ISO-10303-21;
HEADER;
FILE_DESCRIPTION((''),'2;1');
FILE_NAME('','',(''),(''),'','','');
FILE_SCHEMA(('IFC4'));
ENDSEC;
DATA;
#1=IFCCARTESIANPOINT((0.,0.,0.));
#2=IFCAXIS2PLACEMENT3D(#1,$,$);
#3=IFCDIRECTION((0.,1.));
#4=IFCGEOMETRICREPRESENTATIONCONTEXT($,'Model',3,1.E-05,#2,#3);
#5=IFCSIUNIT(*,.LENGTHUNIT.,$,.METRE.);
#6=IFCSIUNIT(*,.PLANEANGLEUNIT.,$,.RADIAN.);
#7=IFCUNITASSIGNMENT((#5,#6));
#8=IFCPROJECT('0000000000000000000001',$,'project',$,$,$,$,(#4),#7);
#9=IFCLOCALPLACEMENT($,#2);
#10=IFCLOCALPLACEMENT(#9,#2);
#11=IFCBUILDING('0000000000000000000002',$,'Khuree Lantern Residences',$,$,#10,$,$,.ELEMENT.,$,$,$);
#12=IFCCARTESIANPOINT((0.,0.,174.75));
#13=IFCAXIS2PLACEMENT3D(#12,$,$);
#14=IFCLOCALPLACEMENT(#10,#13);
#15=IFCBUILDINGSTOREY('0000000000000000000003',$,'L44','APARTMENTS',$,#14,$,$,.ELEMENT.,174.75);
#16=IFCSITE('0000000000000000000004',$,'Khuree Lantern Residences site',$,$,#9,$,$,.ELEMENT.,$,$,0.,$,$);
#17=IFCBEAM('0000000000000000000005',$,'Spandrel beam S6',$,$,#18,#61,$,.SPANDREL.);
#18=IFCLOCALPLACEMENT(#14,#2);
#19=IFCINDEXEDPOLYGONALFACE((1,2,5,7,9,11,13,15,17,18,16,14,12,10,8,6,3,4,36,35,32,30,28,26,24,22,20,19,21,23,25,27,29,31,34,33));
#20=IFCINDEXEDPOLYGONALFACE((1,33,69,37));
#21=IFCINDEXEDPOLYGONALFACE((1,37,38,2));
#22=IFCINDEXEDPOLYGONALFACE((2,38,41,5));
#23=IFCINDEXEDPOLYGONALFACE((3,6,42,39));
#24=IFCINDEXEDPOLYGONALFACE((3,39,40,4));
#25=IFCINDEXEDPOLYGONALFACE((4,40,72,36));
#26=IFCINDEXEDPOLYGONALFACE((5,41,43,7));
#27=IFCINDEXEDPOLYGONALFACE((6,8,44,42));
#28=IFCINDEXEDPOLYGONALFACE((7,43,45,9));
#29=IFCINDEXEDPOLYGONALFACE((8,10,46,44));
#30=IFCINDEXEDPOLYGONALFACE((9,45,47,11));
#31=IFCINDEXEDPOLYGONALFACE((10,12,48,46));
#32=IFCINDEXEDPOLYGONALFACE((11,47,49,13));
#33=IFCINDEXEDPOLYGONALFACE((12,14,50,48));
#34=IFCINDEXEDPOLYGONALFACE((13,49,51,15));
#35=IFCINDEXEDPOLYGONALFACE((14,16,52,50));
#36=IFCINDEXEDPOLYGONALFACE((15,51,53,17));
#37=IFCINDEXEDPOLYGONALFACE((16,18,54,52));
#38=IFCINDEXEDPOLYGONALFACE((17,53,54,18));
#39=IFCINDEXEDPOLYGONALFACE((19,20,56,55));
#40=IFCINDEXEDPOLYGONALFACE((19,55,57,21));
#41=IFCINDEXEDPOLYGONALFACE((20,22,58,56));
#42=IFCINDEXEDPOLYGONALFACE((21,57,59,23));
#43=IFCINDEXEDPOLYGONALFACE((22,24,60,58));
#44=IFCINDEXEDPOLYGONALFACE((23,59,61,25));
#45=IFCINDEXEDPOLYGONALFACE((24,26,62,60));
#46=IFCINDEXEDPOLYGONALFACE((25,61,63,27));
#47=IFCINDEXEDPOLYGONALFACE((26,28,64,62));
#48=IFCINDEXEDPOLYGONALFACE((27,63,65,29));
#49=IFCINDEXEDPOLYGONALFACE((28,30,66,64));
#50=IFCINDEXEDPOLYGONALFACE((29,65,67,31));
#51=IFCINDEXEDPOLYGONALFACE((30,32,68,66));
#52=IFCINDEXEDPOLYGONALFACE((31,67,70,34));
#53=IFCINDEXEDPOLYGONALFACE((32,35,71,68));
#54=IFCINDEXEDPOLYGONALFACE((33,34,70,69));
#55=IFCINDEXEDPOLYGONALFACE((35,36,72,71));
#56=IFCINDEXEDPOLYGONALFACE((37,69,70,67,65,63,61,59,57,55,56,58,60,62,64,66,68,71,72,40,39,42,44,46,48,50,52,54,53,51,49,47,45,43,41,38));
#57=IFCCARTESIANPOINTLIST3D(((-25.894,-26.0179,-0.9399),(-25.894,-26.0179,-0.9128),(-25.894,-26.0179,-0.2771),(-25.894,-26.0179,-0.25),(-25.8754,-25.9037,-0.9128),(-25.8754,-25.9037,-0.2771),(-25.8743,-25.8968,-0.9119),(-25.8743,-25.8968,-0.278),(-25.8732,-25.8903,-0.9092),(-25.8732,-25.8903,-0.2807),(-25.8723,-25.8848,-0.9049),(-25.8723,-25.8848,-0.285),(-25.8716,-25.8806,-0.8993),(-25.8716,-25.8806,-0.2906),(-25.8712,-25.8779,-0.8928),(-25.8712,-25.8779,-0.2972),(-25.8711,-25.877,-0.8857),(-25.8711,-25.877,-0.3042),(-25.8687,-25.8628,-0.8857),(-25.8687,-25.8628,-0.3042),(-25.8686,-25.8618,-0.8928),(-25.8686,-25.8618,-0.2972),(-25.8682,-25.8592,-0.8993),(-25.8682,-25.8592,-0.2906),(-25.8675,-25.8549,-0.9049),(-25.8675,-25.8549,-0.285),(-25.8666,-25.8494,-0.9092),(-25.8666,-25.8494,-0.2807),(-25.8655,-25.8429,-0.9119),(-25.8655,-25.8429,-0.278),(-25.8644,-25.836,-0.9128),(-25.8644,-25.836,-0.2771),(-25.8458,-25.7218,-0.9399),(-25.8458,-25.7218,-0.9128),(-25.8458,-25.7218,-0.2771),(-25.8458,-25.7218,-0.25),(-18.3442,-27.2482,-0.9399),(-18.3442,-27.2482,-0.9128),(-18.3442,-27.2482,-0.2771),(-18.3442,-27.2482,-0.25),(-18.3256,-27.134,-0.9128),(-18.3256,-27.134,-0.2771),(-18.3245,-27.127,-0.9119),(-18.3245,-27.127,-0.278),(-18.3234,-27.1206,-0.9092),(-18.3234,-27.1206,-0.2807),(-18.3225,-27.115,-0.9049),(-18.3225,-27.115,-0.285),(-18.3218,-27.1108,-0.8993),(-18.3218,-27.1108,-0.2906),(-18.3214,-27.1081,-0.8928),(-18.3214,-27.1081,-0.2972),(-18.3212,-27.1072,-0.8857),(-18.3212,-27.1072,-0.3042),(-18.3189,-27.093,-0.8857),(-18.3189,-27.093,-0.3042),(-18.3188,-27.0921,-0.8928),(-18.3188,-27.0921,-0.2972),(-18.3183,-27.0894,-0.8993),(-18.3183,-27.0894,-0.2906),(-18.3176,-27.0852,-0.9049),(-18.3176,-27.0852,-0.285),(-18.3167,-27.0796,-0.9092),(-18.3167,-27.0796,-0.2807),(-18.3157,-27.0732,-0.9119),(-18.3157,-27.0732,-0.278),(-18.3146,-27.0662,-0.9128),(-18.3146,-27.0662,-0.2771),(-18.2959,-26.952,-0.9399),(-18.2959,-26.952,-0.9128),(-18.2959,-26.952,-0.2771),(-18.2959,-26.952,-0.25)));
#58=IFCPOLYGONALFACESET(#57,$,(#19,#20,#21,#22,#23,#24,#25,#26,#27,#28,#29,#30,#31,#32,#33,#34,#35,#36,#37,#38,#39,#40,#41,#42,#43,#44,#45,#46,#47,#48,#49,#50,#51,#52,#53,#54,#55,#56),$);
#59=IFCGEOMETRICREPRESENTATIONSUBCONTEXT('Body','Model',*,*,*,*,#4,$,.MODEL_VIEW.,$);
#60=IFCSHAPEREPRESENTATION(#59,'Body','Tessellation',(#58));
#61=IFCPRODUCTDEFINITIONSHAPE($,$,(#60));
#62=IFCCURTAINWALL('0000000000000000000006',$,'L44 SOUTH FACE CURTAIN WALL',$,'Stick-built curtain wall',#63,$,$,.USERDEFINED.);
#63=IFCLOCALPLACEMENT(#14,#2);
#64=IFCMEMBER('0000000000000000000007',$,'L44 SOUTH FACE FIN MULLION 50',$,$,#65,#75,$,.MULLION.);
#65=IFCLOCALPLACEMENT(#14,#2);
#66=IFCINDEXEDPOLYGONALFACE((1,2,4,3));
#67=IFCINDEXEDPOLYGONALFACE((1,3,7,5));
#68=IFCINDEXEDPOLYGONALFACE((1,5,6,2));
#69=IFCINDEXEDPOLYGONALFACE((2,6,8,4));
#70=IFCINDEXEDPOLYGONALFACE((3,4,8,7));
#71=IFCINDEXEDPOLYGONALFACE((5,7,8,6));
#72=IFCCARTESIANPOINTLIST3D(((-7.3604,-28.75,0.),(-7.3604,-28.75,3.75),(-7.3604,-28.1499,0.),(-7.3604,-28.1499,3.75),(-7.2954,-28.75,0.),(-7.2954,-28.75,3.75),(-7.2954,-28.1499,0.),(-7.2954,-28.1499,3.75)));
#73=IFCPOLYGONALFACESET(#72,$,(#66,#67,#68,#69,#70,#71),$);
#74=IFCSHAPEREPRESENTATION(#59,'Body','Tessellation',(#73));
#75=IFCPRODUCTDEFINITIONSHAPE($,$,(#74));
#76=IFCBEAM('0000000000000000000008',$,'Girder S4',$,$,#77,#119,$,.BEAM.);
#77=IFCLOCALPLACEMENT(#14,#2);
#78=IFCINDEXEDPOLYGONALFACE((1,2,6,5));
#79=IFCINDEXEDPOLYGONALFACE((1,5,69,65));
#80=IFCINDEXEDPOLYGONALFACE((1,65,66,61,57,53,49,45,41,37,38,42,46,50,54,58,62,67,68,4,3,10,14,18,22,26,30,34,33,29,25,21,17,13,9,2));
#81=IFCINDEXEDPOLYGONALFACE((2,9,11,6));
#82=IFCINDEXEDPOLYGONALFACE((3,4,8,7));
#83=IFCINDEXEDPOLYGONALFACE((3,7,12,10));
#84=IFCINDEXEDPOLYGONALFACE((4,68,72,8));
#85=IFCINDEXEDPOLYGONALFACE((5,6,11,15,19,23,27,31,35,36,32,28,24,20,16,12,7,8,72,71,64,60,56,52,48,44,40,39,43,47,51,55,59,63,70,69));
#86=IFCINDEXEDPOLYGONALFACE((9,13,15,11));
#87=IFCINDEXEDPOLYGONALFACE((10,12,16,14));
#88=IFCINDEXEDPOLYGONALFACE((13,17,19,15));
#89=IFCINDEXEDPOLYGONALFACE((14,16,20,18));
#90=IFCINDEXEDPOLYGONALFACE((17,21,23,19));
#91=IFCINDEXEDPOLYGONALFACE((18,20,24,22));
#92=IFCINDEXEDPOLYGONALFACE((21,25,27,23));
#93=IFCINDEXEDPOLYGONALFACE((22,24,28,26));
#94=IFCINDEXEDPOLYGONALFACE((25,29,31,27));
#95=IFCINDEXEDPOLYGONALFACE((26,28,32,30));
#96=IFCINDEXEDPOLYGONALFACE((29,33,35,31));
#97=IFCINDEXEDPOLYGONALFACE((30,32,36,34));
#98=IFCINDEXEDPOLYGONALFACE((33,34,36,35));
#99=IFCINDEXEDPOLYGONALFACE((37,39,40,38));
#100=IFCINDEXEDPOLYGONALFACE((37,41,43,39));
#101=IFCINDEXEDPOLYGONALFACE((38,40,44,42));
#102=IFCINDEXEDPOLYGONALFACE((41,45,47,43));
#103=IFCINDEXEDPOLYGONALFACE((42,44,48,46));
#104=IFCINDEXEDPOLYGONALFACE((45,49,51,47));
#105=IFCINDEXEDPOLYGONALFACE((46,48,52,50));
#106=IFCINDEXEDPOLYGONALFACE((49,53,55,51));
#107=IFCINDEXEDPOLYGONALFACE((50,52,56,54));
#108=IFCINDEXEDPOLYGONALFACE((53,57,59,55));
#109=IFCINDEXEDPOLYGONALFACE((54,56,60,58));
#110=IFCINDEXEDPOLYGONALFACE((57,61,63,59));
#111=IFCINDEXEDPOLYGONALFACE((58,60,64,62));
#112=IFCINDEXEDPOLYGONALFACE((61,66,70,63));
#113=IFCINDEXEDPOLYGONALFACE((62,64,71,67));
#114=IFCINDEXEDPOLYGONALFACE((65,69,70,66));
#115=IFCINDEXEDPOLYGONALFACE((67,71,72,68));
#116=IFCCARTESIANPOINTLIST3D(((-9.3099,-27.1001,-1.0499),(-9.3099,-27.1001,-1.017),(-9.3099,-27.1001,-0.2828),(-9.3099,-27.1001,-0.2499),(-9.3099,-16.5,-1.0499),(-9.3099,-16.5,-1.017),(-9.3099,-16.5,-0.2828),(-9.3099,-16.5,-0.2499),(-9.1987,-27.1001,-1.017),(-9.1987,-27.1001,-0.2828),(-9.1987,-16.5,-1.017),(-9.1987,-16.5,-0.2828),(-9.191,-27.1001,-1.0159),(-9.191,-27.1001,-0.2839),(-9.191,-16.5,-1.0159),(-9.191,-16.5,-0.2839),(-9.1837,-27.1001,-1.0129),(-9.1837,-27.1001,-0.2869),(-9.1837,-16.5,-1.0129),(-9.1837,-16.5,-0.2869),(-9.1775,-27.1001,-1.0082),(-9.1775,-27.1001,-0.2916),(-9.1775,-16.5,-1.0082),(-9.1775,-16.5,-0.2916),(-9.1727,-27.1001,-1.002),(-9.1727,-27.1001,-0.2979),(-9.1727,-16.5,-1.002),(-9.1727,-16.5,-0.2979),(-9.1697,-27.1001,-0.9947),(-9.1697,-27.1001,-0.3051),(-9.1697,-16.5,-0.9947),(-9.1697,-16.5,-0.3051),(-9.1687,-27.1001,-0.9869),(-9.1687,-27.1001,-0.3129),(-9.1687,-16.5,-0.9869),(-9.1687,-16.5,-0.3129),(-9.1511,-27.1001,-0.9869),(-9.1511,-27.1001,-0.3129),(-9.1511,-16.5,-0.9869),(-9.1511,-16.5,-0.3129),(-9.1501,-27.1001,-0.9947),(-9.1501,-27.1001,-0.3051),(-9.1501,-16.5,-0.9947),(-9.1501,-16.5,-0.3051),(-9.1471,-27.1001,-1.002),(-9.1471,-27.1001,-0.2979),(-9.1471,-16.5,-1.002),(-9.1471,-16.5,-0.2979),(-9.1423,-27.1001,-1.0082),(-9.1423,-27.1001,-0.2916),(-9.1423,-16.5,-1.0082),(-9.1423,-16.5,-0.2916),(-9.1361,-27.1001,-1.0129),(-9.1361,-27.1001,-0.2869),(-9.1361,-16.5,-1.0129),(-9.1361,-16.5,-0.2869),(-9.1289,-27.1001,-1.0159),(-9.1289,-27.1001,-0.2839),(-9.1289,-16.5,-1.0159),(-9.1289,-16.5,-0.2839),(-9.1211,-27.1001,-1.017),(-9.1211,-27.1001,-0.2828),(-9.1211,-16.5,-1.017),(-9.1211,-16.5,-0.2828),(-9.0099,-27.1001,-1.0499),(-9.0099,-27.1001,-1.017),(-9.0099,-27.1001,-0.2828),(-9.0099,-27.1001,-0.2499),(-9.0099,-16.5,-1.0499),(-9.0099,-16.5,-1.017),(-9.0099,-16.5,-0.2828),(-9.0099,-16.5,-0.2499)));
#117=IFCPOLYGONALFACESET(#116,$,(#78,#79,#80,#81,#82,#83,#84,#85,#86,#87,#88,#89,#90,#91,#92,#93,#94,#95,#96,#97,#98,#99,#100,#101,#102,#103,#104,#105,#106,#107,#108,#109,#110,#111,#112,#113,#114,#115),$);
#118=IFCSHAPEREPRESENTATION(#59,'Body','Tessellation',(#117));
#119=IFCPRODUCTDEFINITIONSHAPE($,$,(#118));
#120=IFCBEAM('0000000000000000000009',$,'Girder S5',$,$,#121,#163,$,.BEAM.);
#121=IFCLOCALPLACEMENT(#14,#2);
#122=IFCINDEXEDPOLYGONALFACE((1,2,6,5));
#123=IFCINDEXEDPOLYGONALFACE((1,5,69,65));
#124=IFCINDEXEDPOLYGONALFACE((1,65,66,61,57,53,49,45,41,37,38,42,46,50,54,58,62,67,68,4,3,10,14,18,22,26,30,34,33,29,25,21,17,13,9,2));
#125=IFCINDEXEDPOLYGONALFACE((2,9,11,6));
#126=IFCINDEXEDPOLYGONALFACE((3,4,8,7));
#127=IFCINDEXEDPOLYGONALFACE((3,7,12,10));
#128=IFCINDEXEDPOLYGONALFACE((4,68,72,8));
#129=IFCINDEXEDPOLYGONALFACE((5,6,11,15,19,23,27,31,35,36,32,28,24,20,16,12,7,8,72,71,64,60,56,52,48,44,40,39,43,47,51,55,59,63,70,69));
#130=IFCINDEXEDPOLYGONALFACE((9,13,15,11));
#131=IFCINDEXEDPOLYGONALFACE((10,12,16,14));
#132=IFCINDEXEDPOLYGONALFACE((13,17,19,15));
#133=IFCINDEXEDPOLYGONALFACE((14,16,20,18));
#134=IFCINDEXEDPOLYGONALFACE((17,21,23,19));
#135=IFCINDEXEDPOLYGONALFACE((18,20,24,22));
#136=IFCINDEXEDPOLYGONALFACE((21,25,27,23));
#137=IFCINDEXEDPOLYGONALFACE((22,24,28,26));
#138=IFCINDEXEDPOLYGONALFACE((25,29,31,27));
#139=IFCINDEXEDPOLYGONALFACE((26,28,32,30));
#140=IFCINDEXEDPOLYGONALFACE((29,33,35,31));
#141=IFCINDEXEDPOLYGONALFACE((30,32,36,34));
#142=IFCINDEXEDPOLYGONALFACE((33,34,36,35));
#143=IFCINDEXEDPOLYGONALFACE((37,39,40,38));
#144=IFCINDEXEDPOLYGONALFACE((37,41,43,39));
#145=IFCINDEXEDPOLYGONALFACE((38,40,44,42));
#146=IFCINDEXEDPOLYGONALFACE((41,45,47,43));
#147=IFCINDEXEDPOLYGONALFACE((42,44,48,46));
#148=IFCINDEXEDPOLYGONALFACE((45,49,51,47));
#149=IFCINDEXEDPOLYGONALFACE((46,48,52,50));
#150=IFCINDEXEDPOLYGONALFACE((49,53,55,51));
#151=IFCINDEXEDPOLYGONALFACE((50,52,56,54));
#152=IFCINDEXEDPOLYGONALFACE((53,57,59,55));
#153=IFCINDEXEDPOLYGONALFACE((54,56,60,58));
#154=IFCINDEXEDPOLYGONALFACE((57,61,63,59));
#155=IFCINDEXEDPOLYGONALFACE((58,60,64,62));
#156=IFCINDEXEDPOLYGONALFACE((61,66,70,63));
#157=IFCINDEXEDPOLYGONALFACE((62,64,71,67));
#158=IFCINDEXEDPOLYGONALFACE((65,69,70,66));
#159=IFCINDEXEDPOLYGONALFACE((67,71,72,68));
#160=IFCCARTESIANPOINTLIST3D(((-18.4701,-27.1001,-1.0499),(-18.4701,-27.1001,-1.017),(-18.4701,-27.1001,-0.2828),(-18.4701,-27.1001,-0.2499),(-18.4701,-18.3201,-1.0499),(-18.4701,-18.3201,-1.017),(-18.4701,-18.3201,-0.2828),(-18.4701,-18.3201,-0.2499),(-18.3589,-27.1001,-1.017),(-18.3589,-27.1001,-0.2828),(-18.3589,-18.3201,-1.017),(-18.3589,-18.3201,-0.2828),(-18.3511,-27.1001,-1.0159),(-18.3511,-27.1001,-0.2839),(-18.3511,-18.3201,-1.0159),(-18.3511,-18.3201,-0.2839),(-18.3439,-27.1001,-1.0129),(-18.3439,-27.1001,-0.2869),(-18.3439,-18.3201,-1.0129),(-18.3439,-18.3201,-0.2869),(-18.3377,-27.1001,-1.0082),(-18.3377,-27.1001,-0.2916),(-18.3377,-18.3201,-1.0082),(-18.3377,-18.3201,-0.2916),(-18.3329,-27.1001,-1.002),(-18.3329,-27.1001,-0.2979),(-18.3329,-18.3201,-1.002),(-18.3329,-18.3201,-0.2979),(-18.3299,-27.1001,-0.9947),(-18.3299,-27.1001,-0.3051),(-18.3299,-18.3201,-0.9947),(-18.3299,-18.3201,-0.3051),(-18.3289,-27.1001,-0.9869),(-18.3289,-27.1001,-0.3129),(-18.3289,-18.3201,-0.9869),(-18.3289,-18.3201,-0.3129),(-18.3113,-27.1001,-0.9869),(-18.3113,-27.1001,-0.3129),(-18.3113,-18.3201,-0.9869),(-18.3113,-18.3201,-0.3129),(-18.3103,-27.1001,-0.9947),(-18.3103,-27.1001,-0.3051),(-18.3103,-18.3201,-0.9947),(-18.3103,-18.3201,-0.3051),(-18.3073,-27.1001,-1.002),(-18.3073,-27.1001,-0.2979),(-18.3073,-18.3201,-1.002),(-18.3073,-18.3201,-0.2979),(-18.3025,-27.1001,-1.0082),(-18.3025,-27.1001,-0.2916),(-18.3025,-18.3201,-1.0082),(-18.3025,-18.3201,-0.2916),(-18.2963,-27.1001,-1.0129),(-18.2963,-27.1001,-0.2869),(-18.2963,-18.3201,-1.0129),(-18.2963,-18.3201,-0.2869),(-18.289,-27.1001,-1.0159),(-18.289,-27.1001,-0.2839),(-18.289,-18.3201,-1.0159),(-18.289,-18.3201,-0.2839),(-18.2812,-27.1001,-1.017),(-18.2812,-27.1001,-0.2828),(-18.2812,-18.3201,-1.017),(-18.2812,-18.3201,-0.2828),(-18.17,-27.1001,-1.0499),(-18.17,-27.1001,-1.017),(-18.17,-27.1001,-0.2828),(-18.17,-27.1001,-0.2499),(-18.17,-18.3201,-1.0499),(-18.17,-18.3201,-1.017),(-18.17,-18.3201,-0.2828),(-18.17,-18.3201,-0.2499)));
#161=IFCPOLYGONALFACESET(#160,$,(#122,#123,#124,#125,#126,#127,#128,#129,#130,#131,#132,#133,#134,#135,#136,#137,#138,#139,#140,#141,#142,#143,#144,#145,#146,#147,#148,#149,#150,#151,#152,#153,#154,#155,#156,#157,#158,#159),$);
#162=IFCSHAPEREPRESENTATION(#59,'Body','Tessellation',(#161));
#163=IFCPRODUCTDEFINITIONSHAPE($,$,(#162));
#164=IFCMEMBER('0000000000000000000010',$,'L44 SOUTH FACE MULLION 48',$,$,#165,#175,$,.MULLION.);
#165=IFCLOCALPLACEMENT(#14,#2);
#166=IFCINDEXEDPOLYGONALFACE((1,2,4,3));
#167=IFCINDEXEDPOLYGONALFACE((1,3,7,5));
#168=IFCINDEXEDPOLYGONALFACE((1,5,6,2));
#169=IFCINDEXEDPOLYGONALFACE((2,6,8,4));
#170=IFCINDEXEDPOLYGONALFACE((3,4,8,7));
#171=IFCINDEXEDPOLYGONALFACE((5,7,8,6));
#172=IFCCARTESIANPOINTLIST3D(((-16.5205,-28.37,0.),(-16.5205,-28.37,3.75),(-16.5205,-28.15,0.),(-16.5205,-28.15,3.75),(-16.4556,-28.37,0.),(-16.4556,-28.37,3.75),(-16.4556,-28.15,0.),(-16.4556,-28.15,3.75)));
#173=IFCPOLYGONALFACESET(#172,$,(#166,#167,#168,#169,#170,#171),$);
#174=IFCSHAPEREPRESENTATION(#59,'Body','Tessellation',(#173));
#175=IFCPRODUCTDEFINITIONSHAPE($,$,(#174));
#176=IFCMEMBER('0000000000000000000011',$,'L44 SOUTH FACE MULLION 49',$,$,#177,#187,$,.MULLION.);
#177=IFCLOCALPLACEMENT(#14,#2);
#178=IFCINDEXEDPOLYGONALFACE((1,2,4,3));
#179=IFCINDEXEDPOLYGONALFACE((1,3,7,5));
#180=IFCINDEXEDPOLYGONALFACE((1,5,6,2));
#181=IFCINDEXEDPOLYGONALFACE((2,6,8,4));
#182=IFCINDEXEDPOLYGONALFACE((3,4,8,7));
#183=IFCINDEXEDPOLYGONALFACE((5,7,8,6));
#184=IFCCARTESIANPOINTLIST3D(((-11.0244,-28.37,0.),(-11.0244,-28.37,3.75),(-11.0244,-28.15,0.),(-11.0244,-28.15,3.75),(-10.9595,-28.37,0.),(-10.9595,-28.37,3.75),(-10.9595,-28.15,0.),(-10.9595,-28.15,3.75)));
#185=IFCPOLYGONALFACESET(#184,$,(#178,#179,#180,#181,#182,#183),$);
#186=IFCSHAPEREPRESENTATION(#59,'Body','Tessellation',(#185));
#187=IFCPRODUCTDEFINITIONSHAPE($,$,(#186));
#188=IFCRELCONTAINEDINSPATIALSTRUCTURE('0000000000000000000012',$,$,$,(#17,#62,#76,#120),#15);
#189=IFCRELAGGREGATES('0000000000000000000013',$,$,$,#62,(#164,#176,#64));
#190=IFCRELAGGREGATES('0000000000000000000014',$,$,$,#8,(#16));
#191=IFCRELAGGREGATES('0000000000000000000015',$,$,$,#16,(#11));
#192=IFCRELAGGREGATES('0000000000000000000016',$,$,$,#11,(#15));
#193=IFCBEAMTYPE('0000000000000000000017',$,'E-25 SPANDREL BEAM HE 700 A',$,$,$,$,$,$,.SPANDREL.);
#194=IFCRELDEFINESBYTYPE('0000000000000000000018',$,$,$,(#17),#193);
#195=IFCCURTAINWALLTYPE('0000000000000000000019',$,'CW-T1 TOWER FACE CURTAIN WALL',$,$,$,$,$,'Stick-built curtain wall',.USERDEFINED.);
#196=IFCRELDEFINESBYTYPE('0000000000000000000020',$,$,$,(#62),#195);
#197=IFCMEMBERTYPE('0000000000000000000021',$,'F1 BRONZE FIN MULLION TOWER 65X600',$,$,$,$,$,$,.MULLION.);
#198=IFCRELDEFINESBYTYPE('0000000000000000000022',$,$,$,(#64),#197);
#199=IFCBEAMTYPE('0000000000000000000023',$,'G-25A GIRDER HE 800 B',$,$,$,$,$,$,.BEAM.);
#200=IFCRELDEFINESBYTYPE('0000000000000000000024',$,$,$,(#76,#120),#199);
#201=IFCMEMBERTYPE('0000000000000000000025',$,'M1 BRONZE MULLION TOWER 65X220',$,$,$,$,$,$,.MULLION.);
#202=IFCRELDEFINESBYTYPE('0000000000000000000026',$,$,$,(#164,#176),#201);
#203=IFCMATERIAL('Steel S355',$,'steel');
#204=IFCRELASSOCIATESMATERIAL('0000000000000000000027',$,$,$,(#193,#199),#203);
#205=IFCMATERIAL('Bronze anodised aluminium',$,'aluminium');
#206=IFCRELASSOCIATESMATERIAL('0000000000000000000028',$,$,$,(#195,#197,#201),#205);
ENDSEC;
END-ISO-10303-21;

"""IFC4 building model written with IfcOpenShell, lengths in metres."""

from ifc_helpers import new_model, si_unit, direction, frame, origin, origin_2d, place, context, subcontext, project, spatial, rectangle, i_section, extrude, material, material_profile, profile_set, type_object, element, aggregate, save


model = new_model("IFC4")

# Units and contexts
model_context = context("Model", 3, precision=1e-05, world=origin(), true_north=direction((0.0, 1.0)))
body_context = subcontext(model_context, "Body", "Model", "MODEL_VIEW")
ifc_project = project(units=[si_unit("LENGTHUNIT", "METRE"), si_unit("PLANEANGLEUNIT", "RADIAN")], contexts=[model_context])

# Site, building, storey
site_placement = place(None, origin())
site = spatial("IfcSite", under=ifc_project, at=site_placement, Name="Khuree Lantern Residences site", CompositionType="ELEMENT", RefElevation=0.0)
building_placement = place(site_placement, origin())
building = spatial("IfcBuilding", under=site, at=building_placement, Name="Khuree Lantern Residences", CompositionType="ELEMENT")
storey_placement = place(building_placement, frame((0.0, 0.0, 174.75)))
storey = spatial("IfcBuildingStorey", under=building, at=storey_placement, Name="L44", Description="APARTMENTS", CompositionType="ELEMENT", Elevation=174.75)

# Beam
ifc_material_1 = material(Name="Steel S355", Category="steel")
ifc_material_profile_1 = material_profile(ifc_material_1, i_section(OverallWidth=0.3, OverallDepth=0.6899, WebThickness=0.0144, FlangeThickness=0.0271, FilletRadius=0.0271, at=origin_2d()), Name="HE 700 A")
ifc_profile_set_1 = profile_set([ifc_material_profile_1], Name="Steel S355")
beam_type_1 = type_object("IfcBeamType", Name="E-25 SPANDREL BEAM HE 700 A", PredefinedType="SPANDREL", material=ifc_profile_set_1)
beam_1_placement = place(storey_placement, frame((-18.3201, -27.1001, -0.595), z_axis=(-0.986983, 0.160827, 0.0), x_axis=(-0.160827, -0.986983, 0.0)))
element("IfcBeam", 1, at=beam_1_placement, inside=storey, type_object=beam_type_1, Name="Spandrel beam S6", PredefinedType="SPANDREL", context=body_context, shape_type="SweptSolid", body=[
    extrude(i_section(OverallWidth=0.3, OverallDepth=0.6899, WebThickness=0.0144, FlangeThickness=0.0271, FilletRadius=0.0271, at=origin_2d()), origin(), (0.0, 0.0, 1.0), 7.6494),
])

# Curtain wall, member
ifc_material_2 = material(Name="Bronze anodised aluminium", Category="aluminium")
curtain_wall_type = type_object("IfcCurtainWallType", Name="CW-T1 TOWER FACE CURTAIN WALL", ElementType="Stick-built curtain wall", PredefinedType="USERDEFINED", material=ifc_material_2)
curtain_wall_placement = place(storey_placement, origin())
curtain_wall = element("IfcCurtainWall", 2, at=curtain_wall_placement, inside=storey, type_object=curtain_wall_type, Name="L44 SOUTH FACE CURTAIN WALL", ObjectType="Stick-built curtain wall", PredefinedType="USERDEFINED")
ifc_material_profile_2 = material_profile(ifc_material_2, rectangle(XDim=0.0649, YDim=0.6001, at=origin_2d()), Name="F1 65X600")
ifc_profile_set_2 = profile_set([ifc_material_profile_2], Name="Bronze anodised aluminium")
member_type_1 = type_object("IfcMemberType", Name="F1 BRONZE FIN MULLION TOWER 65X600", PredefinedType="MULLION", material=ifc_profile_set_2)
member_1_placement = place(storey_placement, frame((-7.3279, -28.45, 0.0), z_axis=(0.0, 0.0, 1.0), x_axis=(1.0, 0.0, 0.0)))
member_1 = element("IfcMember", 3, at=member_1_placement, type_object=member_type_1, Name="L44 SOUTH FACE FIN MULLION 50", PredefinedType="MULLION", context=body_context, shape_type="SweptSolid", body=[
    extrude(rectangle(XDim=0.0649, YDim=0.6001, at=origin_2d()), origin(), (0.0, 0.0, 1.0), 3.75),
])

# Beams
ifc_material_profile_3 = material_profile(ifc_material_1, i_section(OverallWidth=0.3, OverallDepth=0.8, WebThickness=0.0176, FlangeThickness=0.033, FilletRadius=0.03, at=origin_2d()), Name="HE 800 B")
ifc_profile_set_3 = profile_set([ifc_material_profile_3], Name="Steel S355")
beam_type_2 = type_object("IfcBeamType", Name="G-25A GIRDER HE 800 B", PredefinedType="BEAM", material=ifc_profile_set_3)
beam_2_placement = place(storey_placement, frame((-9.1599, -27.1001, -0.6499), z_axis=(0.0, 1.0, 0.0), x_axis=(-1.0, 0.0, 0.0)))
element("IfcBeam", 4, at=beam_2_placement, inside=storey, type_object=beam_type_2, Name="Girder S4", PredefinedType="BEAM", context=body_context, shape_type="SweptSolid", body=[
    extrude(i_section(OverallWidth=0.3, OverallDepth=0.8, WebThickness=0.0176, FlangeThickness=0.033, FilletRadius=0.03, at=origin_2d()), origin(), (0.0, 0.0, 1.0), 10.6001),
])
beam_3_placement = place(storey_placement, frame((-18.3201, -27.1001, -0.6499), z_axis=(0.0, 1.0, 0.0), x_axis=(-1.0, 0.0, 0.0)))
element("IfcBeam", 5, at=beam_3_placement, inside=storey, type_object=beam_type_2, Name="Girder S5", PredefinedType="BEAM", context=body_context, shape_type="SweptSolid", body=[
    extrude(i_section(OverallWidth=0.3, OverallDepth=0.8, WebThickness=0.0176, FlangeThickness=0.033, FilletRadius=0.03, at=origin_2d()), origin(), (0.0, 0.0, 1.0), 8.78),
])

# Members
ifc_material_profile_4 = material_profile(ifc_material_2, rectangle(XDim=0.0649, YDim=0.22, at=origin_2d()), Name="M1 65X220")
ifc_profile_set_4 = profile_set([ifc_material_profile_4], Name="Bronze anodised aluminium")
member_type_2 = type_object("IfcMemberType", Name="M1 BRONZE MULLION TOWER 65X220", PredefinedType="MULLION", material=ifc_profile_set_4)
member_2_placement = place(storey_placement, frame((-16.488, -28.26, 0.0), z_axis=(0.0, 0.0, 1.0), x_axis=(1.0, 0.0, 0.0)))
member_2 = element("IfcMember", 6, at=member_2_placement, type_object=member_type_2, Name="L44 SOUTH FACE MULLION 48", PredefinedType="MULLION", context=body_context, shape_type="SweptSolid", body=[
    extrude(rectangle(XDim=0.0649, YDim=0.22, at=origin_2d()), origin(), (0.0, 0.0, 1.0), 3.75),
])
member_3_placement = place(storey_placement, frame((-10.9919, -28.26, 0.0), z_axis=(0.0, 0.0, 1.0), x_axis=(1.0, 0.0, 0.0)))
member_3 = element("IfcMember", 7, at=member_3_placement, type_object=member_type_2, Name="L44 SOUTH FACE MULLION 49", PredefinedType="MULLION", context=body_context, shape_type="SweptSolid", body=[
    extrude(rectangle(XDim=0.0649, YDim=0.22, at=origin_2d()), origin(), (0.0, 0.0, 1.0), 3.75),
])

aggregate(curtain_wall, [member_2, member_3, member_1])

save(model, "model.ifc")
